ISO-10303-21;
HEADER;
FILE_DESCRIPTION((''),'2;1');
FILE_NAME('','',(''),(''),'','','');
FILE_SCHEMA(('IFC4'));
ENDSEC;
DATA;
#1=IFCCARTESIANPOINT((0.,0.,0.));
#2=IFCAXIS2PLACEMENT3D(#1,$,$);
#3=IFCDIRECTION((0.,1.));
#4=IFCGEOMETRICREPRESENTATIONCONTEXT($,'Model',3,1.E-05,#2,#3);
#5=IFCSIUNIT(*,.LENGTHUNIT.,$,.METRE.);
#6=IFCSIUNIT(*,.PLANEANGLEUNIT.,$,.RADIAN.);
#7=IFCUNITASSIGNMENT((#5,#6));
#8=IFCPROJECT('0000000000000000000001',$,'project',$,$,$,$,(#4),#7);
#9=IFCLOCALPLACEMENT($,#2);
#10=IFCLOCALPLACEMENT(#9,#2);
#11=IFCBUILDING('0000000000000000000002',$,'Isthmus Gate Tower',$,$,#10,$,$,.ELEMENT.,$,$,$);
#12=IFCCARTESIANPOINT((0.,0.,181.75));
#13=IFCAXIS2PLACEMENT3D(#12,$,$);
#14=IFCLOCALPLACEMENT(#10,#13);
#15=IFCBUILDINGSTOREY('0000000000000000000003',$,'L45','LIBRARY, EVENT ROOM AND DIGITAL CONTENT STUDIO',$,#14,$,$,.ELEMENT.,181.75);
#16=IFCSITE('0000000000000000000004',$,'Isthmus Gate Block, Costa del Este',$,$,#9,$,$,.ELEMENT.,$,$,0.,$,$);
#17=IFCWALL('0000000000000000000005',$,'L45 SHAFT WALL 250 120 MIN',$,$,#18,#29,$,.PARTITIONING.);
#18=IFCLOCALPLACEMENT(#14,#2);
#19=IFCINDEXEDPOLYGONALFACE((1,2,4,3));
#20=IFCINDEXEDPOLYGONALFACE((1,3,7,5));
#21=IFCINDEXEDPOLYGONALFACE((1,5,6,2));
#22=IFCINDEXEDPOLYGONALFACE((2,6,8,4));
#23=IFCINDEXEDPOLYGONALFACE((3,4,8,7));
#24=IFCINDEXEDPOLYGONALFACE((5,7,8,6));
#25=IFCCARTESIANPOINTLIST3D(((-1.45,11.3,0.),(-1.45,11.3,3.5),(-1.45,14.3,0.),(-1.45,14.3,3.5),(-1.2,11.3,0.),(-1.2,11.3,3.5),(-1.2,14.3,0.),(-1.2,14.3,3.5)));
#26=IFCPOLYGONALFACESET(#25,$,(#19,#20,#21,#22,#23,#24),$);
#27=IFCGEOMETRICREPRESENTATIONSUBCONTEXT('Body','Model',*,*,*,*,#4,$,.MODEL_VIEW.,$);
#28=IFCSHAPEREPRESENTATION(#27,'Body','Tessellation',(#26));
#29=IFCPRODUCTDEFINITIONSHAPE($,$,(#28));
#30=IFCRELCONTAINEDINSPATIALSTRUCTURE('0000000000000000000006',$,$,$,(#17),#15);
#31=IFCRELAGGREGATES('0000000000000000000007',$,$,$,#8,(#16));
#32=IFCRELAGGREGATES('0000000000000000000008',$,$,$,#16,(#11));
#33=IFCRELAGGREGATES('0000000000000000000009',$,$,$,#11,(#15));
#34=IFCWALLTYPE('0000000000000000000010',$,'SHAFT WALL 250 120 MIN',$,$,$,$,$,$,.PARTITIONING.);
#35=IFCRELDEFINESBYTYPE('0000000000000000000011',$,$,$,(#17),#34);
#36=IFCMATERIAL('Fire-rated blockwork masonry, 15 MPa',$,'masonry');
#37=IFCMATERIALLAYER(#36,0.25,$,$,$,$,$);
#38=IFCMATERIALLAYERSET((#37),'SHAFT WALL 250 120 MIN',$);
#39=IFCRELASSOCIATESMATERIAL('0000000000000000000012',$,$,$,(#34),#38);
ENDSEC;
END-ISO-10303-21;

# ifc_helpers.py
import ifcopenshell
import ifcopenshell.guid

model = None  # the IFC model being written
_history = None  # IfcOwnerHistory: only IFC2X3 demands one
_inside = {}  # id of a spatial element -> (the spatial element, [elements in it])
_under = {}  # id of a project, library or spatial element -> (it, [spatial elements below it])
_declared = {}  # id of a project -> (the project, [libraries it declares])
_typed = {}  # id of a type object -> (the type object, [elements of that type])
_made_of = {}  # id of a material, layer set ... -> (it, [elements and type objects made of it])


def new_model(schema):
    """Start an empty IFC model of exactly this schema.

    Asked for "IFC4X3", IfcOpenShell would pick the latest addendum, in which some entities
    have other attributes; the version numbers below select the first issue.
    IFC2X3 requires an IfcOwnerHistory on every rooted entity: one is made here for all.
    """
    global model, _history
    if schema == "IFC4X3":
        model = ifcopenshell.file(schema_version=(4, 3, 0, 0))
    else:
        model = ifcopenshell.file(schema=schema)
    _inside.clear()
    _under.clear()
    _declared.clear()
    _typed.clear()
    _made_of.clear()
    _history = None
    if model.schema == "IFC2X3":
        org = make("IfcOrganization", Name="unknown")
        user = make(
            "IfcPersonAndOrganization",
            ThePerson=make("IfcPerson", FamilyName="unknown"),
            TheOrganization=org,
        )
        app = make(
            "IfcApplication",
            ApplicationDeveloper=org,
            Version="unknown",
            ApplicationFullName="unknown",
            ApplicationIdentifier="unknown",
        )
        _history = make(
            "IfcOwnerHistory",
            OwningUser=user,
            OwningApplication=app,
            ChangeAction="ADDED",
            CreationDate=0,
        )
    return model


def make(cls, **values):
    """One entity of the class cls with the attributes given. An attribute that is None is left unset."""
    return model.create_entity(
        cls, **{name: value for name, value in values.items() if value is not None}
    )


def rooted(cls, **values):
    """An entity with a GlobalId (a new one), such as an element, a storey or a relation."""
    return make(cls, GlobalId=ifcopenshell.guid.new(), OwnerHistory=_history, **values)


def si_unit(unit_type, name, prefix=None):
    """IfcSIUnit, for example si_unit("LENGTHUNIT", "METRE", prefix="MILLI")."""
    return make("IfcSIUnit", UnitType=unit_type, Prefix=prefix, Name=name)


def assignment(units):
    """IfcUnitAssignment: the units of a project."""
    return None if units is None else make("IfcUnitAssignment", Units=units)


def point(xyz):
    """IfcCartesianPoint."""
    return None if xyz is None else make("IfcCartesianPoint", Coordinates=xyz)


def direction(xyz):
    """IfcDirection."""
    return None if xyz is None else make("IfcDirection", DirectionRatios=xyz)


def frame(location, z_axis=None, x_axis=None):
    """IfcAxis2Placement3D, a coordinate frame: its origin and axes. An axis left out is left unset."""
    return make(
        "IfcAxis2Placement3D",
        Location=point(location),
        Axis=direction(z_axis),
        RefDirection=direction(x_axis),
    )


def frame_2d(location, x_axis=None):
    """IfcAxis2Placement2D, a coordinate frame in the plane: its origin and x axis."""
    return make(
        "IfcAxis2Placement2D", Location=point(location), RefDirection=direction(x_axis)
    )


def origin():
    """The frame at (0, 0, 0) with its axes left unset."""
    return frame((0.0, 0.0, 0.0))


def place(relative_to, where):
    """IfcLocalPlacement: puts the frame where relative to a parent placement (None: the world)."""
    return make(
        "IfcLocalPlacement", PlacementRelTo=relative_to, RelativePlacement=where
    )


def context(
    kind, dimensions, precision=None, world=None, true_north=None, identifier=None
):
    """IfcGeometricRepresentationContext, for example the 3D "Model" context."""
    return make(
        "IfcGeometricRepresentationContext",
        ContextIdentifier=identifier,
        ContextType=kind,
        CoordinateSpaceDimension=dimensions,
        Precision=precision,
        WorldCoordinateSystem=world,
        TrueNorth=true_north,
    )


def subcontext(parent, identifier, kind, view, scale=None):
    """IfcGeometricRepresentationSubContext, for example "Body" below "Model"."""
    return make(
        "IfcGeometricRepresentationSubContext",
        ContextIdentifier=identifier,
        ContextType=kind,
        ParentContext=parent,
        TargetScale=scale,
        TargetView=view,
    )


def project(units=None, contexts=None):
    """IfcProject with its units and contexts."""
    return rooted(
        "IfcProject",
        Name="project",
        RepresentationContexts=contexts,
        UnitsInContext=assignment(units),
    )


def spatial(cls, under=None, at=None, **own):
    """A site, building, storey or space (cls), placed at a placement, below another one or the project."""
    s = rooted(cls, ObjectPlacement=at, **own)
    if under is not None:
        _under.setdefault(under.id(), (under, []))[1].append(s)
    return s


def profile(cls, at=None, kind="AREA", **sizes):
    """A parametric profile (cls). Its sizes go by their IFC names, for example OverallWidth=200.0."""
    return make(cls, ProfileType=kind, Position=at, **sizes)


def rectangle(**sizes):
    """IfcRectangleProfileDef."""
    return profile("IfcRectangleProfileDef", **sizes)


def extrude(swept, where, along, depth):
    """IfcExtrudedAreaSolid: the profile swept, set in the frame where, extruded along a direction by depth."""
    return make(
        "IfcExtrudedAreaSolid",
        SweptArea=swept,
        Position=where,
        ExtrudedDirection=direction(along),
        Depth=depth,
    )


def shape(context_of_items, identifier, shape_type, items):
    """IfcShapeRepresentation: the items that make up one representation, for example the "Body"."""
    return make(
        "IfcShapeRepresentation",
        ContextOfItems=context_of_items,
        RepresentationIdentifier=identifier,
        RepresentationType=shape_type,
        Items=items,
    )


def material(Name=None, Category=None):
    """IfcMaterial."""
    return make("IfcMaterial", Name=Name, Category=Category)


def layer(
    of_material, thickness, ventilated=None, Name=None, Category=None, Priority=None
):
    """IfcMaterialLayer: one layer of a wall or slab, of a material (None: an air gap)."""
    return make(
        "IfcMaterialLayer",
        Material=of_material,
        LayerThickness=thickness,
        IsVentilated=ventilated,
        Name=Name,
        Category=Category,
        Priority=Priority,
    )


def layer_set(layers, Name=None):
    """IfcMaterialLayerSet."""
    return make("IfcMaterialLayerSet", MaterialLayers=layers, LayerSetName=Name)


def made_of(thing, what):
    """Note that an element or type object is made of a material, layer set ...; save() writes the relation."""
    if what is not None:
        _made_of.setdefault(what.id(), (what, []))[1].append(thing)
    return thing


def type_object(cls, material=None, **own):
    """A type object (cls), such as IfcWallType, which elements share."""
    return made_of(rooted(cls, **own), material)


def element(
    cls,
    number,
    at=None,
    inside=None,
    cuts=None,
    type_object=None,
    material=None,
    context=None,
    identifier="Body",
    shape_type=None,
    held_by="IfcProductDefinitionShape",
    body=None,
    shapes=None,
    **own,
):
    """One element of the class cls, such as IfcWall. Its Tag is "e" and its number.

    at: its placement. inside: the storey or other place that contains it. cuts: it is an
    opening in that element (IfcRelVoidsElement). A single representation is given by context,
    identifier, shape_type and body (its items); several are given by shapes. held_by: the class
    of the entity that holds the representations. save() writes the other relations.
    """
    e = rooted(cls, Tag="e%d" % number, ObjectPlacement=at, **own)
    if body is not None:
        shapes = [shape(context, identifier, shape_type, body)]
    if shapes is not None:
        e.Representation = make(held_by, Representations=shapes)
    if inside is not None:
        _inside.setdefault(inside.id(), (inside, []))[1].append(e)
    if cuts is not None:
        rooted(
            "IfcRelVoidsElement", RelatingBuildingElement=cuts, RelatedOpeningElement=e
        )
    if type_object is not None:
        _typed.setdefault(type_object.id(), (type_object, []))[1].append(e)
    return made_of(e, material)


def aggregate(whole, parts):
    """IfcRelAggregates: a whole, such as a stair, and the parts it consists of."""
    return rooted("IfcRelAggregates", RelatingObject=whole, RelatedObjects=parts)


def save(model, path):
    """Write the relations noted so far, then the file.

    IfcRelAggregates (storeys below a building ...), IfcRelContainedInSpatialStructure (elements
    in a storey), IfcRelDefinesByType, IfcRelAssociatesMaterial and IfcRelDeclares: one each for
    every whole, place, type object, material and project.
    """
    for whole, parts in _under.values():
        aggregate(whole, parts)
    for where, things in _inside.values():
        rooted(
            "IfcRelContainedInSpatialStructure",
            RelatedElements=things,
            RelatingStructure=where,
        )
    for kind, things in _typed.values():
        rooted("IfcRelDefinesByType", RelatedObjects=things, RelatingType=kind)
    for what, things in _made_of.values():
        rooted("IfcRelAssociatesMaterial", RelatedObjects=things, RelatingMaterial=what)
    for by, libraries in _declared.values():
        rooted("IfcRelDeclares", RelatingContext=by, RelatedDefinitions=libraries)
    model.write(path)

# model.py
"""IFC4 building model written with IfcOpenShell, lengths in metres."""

from ifc_helpers import new_model, si_unit, direction, frame, frame_2d, origin, place, context, subcontext, project, spatial, rectangle, extrude, material, layer, layer_set, type_object, element, save


model = new_model("IFC4")

# Units and contexts
model_context = context("Model", 3, precision=1e-05, world=origin(), true_north=direction((0.0, 1.0)))
body_context = subcontext(model_context, "Body", "Model", "MODEL_VIEW")
ifc_project = project(units=[si_unit("LENGTHUNIT", "METRE"), si_unit("PLANEANGLEUNIT", "RADIAN")], contexts=[model_context])

# Site, building, storey
site_placement = place(None, origin())
site = spatial("IfcSite", under=ifc_project, at=site_placement, Name="Isthmus Gate Block, Costa del Este", CompositionType="ELEMENT", RefElevation=0.0)
building_placement = place(site_placement, origin())
building = spatial("IfcBuilding", under=site, at=building_placement, Name="Isthmus Gate Tower", CompositionType="ELEMENT")
storey_placement = place(building_placement, frame((0.0, 0.0, 181.75)))
storey = spatial("IfcBuildingStorey", under=building, at=storey_placement, Name="L45", Description="LIBRARY, EVENT ROOM AND DIGITAL CONTENT STUDIO", CompositionType="ELEMENT", Elevation=181.75)

# Wall
ifc_material_1 = material(Name="Fire-rated blockwork masonry, 15 MPa", Category="masonry")
ifc_layer_1 = layer(ifc_material_1, 0.25)
ifc_layer_set_1 = layer_set([ifc_layer_1], Name="SHAFT WALL 250 120 MIN")
wall_type_1 = type_object("IfcWallType", Name="SHAFT WALL 250 120 MIN", PredefinedType="PARTITIONING", material=ifc_layer_set_1)
for number, where, z_axis, x_axis, name in (
    (1, (-1.325, 11.3, 0.0), (0.0, 0.0, 1.0), (0.0, 1.0, 0.0), "L45 SHAFT WALL 250 120 MIN"),
):
    element("IfcWall", number, at=place(storey_placement, frame(where, z_axis=z_axis, x_axis=x_axis)), inside=storey, type_object=wall_type_1, Name=name, PredefinedType="PARTITIONING", context=body_context, shape_type="SweptSolid", body=[
        extrude(rectangle(XDim=3.0, YDim=0.25, at=frame_2d((1.5, 0.0))), origin(), (0.0, 0.0, 1.0), 3.5),
    ])

save(model, "model.ifc")
